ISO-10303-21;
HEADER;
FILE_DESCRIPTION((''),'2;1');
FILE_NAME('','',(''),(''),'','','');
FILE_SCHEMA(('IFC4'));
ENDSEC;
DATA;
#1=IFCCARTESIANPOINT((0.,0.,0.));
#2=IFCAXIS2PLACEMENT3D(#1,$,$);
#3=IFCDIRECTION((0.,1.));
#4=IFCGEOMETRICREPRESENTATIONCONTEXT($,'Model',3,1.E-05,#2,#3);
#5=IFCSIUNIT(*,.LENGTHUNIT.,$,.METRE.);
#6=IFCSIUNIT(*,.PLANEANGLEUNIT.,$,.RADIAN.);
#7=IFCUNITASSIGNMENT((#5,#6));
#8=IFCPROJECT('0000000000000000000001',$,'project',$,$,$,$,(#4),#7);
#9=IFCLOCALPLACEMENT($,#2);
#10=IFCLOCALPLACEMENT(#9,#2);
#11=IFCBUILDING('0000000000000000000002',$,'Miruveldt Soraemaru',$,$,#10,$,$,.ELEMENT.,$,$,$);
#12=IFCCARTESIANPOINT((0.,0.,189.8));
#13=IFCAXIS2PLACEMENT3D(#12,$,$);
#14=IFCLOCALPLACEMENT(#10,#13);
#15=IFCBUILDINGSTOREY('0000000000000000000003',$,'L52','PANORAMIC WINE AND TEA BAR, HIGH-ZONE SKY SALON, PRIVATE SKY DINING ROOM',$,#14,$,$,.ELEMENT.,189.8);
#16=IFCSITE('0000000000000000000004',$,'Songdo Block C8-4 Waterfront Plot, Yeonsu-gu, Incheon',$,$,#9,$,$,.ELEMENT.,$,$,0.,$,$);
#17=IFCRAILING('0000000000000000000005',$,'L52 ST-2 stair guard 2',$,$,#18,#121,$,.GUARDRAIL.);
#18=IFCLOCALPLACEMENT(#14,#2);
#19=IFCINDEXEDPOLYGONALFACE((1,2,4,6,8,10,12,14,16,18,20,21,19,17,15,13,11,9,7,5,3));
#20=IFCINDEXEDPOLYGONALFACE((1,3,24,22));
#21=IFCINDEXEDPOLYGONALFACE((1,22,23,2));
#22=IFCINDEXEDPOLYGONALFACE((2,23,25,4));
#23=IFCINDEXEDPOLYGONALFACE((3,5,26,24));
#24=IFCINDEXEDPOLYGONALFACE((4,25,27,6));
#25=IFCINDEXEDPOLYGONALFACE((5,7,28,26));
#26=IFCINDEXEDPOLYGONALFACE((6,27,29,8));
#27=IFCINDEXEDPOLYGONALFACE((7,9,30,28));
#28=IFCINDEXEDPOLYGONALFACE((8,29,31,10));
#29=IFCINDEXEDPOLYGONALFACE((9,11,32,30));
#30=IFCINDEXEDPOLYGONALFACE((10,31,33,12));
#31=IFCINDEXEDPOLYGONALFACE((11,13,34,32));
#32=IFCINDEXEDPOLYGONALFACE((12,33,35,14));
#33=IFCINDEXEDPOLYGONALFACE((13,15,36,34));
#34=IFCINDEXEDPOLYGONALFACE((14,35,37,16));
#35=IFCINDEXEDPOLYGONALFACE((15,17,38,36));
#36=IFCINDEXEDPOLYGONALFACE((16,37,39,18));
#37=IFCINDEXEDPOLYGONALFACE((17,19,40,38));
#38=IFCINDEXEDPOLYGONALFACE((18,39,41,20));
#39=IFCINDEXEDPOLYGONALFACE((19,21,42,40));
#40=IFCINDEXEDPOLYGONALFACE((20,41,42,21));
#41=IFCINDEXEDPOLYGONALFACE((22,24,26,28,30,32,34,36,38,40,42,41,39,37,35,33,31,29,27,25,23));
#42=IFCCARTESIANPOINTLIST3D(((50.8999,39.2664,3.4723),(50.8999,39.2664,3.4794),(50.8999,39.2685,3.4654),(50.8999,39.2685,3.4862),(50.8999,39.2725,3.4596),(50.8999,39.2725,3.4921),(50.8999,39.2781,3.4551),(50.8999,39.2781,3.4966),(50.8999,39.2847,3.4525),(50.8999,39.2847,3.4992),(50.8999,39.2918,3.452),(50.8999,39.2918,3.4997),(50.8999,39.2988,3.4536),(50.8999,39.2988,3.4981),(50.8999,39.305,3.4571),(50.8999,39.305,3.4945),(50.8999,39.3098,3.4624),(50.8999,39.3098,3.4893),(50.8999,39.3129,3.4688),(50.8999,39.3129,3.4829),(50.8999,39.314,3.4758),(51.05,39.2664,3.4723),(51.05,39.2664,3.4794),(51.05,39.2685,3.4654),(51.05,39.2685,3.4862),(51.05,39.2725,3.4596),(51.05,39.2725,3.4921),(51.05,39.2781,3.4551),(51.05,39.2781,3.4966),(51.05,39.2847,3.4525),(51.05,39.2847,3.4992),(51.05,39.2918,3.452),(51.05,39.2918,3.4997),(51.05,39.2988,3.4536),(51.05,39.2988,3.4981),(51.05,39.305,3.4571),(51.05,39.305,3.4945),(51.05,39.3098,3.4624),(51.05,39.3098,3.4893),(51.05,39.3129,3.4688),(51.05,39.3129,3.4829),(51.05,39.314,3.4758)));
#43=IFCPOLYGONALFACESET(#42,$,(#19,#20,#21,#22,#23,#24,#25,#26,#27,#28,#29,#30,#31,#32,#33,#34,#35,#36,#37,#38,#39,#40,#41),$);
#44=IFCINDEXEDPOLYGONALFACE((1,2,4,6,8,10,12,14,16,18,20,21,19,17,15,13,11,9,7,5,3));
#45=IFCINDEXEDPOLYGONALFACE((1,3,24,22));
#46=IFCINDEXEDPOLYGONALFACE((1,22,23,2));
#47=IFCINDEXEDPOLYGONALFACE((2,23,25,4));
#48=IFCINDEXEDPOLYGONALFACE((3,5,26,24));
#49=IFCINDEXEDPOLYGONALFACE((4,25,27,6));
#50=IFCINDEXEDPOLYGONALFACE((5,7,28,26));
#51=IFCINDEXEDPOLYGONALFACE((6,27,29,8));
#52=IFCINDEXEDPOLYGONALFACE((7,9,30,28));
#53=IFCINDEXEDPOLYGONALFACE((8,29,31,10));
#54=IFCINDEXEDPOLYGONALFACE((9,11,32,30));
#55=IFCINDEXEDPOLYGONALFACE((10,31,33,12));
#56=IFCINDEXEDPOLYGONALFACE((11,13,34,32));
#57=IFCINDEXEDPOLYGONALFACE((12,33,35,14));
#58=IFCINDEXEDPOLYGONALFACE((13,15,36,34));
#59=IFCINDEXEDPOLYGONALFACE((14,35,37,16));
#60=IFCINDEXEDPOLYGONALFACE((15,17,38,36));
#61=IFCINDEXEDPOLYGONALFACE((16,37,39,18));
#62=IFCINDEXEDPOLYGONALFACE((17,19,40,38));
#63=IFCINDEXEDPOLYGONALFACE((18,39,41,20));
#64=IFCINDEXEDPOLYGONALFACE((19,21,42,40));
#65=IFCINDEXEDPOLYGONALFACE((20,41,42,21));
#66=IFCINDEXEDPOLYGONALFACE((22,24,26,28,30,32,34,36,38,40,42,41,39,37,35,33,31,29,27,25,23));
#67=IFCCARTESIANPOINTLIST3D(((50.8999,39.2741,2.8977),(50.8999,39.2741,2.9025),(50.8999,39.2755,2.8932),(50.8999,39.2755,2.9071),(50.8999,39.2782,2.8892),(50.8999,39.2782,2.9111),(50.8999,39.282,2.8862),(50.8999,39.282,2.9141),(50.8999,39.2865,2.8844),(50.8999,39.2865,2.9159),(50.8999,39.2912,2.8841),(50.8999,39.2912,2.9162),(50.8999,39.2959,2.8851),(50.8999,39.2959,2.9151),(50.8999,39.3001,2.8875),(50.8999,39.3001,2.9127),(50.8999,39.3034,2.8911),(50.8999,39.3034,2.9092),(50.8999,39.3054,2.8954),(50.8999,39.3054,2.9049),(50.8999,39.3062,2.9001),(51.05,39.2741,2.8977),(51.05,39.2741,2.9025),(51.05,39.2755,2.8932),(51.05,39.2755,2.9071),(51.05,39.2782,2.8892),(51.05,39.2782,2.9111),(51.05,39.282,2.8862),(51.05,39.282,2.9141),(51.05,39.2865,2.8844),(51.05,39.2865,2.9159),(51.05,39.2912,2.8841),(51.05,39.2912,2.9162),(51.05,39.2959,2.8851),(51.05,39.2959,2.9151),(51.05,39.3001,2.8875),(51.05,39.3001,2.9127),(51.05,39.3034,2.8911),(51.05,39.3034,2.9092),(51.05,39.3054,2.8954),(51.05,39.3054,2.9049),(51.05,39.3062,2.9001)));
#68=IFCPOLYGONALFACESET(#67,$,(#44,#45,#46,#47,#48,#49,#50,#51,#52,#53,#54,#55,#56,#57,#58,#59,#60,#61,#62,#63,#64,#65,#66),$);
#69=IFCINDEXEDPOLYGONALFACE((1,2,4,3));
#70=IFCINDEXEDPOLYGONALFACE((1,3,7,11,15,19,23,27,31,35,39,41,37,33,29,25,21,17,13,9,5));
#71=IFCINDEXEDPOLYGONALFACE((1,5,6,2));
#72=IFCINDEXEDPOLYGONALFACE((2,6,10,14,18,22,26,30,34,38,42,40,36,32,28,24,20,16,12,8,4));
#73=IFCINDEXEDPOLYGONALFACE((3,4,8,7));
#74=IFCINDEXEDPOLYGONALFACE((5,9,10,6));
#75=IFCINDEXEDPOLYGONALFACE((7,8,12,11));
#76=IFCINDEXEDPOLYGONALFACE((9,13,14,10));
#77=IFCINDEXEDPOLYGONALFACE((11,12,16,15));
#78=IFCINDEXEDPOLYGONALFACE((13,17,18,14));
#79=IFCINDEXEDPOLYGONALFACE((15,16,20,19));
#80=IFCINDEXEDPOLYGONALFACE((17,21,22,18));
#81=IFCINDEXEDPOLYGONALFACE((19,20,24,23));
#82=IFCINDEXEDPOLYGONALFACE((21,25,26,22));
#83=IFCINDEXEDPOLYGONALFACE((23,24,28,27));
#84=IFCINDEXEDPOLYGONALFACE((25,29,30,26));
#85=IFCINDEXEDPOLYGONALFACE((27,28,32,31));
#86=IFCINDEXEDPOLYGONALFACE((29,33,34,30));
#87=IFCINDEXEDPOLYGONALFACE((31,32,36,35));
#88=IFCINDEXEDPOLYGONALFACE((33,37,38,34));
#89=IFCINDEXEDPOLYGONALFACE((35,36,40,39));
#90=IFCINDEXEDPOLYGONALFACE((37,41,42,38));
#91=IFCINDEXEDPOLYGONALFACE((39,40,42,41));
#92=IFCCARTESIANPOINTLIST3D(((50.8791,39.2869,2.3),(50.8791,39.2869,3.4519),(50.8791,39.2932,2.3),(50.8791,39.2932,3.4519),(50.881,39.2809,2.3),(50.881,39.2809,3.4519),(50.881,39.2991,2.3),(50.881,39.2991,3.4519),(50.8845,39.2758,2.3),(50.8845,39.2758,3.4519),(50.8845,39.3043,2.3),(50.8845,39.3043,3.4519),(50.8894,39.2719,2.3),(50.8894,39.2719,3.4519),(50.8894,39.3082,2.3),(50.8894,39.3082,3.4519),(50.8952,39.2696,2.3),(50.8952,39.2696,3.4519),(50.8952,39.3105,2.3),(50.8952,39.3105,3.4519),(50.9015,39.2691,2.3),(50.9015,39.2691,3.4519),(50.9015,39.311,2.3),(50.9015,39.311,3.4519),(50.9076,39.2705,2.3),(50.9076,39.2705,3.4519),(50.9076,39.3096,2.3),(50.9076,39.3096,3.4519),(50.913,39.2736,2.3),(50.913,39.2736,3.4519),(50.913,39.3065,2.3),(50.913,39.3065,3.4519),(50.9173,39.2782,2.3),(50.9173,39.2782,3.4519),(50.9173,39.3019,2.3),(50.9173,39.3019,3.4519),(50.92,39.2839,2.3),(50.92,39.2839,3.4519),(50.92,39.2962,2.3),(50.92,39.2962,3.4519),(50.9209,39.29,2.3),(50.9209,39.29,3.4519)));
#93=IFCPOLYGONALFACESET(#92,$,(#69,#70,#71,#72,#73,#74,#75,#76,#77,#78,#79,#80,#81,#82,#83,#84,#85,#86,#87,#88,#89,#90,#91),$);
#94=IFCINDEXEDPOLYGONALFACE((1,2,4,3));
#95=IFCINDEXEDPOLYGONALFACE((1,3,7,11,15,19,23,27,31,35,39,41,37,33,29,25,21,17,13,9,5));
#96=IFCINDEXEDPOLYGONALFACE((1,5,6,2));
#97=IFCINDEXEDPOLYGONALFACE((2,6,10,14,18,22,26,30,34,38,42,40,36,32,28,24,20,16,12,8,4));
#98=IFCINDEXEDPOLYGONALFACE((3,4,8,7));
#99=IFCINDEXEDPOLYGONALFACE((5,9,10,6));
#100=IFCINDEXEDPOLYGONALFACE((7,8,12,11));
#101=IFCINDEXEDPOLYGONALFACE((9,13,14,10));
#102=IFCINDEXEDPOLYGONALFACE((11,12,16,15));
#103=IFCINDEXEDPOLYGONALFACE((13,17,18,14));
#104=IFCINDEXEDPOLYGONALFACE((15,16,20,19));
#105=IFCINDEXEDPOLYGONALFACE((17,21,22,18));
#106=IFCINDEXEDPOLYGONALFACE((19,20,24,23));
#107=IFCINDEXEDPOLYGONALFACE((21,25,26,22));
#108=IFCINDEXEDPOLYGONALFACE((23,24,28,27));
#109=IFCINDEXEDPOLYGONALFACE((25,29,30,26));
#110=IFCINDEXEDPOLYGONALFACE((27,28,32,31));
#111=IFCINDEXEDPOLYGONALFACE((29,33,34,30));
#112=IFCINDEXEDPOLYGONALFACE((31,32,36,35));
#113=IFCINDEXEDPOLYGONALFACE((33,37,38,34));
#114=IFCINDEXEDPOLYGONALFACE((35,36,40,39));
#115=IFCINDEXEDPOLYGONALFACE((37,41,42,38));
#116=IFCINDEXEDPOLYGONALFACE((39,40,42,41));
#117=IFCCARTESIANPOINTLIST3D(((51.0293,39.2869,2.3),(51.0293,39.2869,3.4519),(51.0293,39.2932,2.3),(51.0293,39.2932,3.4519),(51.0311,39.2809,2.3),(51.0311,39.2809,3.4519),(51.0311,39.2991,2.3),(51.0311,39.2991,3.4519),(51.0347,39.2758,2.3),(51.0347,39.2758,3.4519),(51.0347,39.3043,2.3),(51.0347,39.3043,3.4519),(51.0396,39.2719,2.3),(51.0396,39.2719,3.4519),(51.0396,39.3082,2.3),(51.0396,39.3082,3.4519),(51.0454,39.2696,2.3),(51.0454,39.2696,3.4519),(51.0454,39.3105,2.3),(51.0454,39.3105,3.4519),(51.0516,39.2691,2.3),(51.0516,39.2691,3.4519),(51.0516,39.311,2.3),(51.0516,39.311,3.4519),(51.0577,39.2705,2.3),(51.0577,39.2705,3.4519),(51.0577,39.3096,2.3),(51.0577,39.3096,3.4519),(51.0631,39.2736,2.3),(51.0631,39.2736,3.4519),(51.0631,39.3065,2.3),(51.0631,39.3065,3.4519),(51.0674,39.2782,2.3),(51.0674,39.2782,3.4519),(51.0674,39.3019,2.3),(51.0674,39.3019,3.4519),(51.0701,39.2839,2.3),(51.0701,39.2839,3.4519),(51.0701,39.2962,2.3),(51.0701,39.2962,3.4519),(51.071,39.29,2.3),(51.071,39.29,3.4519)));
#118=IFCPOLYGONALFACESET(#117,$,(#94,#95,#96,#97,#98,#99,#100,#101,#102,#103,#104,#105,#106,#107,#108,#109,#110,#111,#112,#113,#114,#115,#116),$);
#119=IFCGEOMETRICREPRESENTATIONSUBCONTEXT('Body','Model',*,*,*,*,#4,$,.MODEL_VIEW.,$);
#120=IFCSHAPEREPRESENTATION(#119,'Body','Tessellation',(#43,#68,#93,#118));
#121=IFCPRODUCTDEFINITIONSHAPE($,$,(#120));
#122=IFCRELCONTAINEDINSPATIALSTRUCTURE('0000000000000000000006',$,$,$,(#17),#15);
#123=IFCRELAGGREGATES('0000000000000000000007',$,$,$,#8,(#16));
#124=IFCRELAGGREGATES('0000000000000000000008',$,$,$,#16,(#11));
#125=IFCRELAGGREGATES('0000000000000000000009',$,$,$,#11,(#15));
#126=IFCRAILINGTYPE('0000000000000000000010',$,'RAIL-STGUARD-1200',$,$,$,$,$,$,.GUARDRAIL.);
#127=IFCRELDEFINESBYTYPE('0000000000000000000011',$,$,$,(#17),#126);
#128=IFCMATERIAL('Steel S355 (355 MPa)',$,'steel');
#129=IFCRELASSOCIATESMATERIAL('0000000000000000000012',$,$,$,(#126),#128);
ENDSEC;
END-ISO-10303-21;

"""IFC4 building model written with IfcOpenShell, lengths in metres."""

from ifc_helpers import new_model, si_unit, direction, frame, origin, origin_2d, place, context, subcontext, project, spatial, circle, extrude, material, type_object, element, save


model = new_model("IFC4")

# Units and contexts
model_context = context("Model", 3, precision=1e-05, world=origin(), true_north=direction((0.0, 1.0)))
body_context = subcontext(model_context, "Body", "Model", "MODEL_VIEW")
ifc_project = project(units=[si_unit("LENGTHUNIT", "METRE"), si_unit("PLANEANGLEUNIT", "RADIAN")], contexts=[model_context])

# Site, building, storey
site_placement = place(None, origin())
site = spatial("IfcSite", under=ifc_project, at=site_placement, Name="Songdo Block C8-4 Waterfront Plot, Yeonsu-gu, Incheon", CompositionType="ELEMENT", RefElevation=0.0)
building_placement = place(site_placement, origin())
building = spatial("IfcBuilding", under=site, at=building_placement, Name="Miruveldt Soraemaru", CompositionType="ELEMENT")
storey_placement = place(building_placement, frame((0.0, 0.0, 189.8)))
storey = spatial("IfcBuildingStorey", under=building, at=storey_placement, Name="L52", Description="PANORAMIC WINE AND TEA BAR, HIGH-ZONE SKY SALON, PRIVATE SKY DINING ROOM", CompositionType="ELEMENT", Elevation=189.8)

# Railing
ifc_material_1 = material(Name="Steel S355 (355 MPa)", Category="steel")
railing_type_1 = type_object("IfcRailingType", Name="RAIL-STGUARD-1200", PredefinedType="GUARDRAIL", material=ifc_material_1)
railing_1_placement = place(storey_placement, frame((50.8999, 39.29, 2.3)))
element("IfcRailing", 1, at=railing_1_placement, inside=storey, type_object=railing_type_1, Name="L52 ST-2 stair guard 2", PredefinedType="GUARDRAIL", context=body_context, shape_type="SweptSolid", body=[
    extrude(circle(Radius=0.0239, at=origin_2d()), frame((0.0, 0.0, 1.1758), z_axis=(1.0, 0.0, 0.0), x_axis=(0.0, 1.0, 0.0)), (0.0, 0.0, 1.0), 0.1501),
    extrude(circle(Radius=0.0161, at=origin_2d()), frame((0.0, 0.0, 0.6001), z_axis=(1.0, 0.0, 0.0), x_axis=(0.0, 1.0, 0.0)), (0.0, 0.0, 1.0), 0.1501),
    extrude(circle(Radius=0.021, at=origin_2d()), origin(), (0.0, 0.0, 1.0), 1.1519),
    extrude(circle(Radius=0.021, at=origin_2d()), frame((0.1501, 0.0, 0.0)), (0.0, 0.0, 1.0), 1.1519),
])

save(model, "model.ifc")
